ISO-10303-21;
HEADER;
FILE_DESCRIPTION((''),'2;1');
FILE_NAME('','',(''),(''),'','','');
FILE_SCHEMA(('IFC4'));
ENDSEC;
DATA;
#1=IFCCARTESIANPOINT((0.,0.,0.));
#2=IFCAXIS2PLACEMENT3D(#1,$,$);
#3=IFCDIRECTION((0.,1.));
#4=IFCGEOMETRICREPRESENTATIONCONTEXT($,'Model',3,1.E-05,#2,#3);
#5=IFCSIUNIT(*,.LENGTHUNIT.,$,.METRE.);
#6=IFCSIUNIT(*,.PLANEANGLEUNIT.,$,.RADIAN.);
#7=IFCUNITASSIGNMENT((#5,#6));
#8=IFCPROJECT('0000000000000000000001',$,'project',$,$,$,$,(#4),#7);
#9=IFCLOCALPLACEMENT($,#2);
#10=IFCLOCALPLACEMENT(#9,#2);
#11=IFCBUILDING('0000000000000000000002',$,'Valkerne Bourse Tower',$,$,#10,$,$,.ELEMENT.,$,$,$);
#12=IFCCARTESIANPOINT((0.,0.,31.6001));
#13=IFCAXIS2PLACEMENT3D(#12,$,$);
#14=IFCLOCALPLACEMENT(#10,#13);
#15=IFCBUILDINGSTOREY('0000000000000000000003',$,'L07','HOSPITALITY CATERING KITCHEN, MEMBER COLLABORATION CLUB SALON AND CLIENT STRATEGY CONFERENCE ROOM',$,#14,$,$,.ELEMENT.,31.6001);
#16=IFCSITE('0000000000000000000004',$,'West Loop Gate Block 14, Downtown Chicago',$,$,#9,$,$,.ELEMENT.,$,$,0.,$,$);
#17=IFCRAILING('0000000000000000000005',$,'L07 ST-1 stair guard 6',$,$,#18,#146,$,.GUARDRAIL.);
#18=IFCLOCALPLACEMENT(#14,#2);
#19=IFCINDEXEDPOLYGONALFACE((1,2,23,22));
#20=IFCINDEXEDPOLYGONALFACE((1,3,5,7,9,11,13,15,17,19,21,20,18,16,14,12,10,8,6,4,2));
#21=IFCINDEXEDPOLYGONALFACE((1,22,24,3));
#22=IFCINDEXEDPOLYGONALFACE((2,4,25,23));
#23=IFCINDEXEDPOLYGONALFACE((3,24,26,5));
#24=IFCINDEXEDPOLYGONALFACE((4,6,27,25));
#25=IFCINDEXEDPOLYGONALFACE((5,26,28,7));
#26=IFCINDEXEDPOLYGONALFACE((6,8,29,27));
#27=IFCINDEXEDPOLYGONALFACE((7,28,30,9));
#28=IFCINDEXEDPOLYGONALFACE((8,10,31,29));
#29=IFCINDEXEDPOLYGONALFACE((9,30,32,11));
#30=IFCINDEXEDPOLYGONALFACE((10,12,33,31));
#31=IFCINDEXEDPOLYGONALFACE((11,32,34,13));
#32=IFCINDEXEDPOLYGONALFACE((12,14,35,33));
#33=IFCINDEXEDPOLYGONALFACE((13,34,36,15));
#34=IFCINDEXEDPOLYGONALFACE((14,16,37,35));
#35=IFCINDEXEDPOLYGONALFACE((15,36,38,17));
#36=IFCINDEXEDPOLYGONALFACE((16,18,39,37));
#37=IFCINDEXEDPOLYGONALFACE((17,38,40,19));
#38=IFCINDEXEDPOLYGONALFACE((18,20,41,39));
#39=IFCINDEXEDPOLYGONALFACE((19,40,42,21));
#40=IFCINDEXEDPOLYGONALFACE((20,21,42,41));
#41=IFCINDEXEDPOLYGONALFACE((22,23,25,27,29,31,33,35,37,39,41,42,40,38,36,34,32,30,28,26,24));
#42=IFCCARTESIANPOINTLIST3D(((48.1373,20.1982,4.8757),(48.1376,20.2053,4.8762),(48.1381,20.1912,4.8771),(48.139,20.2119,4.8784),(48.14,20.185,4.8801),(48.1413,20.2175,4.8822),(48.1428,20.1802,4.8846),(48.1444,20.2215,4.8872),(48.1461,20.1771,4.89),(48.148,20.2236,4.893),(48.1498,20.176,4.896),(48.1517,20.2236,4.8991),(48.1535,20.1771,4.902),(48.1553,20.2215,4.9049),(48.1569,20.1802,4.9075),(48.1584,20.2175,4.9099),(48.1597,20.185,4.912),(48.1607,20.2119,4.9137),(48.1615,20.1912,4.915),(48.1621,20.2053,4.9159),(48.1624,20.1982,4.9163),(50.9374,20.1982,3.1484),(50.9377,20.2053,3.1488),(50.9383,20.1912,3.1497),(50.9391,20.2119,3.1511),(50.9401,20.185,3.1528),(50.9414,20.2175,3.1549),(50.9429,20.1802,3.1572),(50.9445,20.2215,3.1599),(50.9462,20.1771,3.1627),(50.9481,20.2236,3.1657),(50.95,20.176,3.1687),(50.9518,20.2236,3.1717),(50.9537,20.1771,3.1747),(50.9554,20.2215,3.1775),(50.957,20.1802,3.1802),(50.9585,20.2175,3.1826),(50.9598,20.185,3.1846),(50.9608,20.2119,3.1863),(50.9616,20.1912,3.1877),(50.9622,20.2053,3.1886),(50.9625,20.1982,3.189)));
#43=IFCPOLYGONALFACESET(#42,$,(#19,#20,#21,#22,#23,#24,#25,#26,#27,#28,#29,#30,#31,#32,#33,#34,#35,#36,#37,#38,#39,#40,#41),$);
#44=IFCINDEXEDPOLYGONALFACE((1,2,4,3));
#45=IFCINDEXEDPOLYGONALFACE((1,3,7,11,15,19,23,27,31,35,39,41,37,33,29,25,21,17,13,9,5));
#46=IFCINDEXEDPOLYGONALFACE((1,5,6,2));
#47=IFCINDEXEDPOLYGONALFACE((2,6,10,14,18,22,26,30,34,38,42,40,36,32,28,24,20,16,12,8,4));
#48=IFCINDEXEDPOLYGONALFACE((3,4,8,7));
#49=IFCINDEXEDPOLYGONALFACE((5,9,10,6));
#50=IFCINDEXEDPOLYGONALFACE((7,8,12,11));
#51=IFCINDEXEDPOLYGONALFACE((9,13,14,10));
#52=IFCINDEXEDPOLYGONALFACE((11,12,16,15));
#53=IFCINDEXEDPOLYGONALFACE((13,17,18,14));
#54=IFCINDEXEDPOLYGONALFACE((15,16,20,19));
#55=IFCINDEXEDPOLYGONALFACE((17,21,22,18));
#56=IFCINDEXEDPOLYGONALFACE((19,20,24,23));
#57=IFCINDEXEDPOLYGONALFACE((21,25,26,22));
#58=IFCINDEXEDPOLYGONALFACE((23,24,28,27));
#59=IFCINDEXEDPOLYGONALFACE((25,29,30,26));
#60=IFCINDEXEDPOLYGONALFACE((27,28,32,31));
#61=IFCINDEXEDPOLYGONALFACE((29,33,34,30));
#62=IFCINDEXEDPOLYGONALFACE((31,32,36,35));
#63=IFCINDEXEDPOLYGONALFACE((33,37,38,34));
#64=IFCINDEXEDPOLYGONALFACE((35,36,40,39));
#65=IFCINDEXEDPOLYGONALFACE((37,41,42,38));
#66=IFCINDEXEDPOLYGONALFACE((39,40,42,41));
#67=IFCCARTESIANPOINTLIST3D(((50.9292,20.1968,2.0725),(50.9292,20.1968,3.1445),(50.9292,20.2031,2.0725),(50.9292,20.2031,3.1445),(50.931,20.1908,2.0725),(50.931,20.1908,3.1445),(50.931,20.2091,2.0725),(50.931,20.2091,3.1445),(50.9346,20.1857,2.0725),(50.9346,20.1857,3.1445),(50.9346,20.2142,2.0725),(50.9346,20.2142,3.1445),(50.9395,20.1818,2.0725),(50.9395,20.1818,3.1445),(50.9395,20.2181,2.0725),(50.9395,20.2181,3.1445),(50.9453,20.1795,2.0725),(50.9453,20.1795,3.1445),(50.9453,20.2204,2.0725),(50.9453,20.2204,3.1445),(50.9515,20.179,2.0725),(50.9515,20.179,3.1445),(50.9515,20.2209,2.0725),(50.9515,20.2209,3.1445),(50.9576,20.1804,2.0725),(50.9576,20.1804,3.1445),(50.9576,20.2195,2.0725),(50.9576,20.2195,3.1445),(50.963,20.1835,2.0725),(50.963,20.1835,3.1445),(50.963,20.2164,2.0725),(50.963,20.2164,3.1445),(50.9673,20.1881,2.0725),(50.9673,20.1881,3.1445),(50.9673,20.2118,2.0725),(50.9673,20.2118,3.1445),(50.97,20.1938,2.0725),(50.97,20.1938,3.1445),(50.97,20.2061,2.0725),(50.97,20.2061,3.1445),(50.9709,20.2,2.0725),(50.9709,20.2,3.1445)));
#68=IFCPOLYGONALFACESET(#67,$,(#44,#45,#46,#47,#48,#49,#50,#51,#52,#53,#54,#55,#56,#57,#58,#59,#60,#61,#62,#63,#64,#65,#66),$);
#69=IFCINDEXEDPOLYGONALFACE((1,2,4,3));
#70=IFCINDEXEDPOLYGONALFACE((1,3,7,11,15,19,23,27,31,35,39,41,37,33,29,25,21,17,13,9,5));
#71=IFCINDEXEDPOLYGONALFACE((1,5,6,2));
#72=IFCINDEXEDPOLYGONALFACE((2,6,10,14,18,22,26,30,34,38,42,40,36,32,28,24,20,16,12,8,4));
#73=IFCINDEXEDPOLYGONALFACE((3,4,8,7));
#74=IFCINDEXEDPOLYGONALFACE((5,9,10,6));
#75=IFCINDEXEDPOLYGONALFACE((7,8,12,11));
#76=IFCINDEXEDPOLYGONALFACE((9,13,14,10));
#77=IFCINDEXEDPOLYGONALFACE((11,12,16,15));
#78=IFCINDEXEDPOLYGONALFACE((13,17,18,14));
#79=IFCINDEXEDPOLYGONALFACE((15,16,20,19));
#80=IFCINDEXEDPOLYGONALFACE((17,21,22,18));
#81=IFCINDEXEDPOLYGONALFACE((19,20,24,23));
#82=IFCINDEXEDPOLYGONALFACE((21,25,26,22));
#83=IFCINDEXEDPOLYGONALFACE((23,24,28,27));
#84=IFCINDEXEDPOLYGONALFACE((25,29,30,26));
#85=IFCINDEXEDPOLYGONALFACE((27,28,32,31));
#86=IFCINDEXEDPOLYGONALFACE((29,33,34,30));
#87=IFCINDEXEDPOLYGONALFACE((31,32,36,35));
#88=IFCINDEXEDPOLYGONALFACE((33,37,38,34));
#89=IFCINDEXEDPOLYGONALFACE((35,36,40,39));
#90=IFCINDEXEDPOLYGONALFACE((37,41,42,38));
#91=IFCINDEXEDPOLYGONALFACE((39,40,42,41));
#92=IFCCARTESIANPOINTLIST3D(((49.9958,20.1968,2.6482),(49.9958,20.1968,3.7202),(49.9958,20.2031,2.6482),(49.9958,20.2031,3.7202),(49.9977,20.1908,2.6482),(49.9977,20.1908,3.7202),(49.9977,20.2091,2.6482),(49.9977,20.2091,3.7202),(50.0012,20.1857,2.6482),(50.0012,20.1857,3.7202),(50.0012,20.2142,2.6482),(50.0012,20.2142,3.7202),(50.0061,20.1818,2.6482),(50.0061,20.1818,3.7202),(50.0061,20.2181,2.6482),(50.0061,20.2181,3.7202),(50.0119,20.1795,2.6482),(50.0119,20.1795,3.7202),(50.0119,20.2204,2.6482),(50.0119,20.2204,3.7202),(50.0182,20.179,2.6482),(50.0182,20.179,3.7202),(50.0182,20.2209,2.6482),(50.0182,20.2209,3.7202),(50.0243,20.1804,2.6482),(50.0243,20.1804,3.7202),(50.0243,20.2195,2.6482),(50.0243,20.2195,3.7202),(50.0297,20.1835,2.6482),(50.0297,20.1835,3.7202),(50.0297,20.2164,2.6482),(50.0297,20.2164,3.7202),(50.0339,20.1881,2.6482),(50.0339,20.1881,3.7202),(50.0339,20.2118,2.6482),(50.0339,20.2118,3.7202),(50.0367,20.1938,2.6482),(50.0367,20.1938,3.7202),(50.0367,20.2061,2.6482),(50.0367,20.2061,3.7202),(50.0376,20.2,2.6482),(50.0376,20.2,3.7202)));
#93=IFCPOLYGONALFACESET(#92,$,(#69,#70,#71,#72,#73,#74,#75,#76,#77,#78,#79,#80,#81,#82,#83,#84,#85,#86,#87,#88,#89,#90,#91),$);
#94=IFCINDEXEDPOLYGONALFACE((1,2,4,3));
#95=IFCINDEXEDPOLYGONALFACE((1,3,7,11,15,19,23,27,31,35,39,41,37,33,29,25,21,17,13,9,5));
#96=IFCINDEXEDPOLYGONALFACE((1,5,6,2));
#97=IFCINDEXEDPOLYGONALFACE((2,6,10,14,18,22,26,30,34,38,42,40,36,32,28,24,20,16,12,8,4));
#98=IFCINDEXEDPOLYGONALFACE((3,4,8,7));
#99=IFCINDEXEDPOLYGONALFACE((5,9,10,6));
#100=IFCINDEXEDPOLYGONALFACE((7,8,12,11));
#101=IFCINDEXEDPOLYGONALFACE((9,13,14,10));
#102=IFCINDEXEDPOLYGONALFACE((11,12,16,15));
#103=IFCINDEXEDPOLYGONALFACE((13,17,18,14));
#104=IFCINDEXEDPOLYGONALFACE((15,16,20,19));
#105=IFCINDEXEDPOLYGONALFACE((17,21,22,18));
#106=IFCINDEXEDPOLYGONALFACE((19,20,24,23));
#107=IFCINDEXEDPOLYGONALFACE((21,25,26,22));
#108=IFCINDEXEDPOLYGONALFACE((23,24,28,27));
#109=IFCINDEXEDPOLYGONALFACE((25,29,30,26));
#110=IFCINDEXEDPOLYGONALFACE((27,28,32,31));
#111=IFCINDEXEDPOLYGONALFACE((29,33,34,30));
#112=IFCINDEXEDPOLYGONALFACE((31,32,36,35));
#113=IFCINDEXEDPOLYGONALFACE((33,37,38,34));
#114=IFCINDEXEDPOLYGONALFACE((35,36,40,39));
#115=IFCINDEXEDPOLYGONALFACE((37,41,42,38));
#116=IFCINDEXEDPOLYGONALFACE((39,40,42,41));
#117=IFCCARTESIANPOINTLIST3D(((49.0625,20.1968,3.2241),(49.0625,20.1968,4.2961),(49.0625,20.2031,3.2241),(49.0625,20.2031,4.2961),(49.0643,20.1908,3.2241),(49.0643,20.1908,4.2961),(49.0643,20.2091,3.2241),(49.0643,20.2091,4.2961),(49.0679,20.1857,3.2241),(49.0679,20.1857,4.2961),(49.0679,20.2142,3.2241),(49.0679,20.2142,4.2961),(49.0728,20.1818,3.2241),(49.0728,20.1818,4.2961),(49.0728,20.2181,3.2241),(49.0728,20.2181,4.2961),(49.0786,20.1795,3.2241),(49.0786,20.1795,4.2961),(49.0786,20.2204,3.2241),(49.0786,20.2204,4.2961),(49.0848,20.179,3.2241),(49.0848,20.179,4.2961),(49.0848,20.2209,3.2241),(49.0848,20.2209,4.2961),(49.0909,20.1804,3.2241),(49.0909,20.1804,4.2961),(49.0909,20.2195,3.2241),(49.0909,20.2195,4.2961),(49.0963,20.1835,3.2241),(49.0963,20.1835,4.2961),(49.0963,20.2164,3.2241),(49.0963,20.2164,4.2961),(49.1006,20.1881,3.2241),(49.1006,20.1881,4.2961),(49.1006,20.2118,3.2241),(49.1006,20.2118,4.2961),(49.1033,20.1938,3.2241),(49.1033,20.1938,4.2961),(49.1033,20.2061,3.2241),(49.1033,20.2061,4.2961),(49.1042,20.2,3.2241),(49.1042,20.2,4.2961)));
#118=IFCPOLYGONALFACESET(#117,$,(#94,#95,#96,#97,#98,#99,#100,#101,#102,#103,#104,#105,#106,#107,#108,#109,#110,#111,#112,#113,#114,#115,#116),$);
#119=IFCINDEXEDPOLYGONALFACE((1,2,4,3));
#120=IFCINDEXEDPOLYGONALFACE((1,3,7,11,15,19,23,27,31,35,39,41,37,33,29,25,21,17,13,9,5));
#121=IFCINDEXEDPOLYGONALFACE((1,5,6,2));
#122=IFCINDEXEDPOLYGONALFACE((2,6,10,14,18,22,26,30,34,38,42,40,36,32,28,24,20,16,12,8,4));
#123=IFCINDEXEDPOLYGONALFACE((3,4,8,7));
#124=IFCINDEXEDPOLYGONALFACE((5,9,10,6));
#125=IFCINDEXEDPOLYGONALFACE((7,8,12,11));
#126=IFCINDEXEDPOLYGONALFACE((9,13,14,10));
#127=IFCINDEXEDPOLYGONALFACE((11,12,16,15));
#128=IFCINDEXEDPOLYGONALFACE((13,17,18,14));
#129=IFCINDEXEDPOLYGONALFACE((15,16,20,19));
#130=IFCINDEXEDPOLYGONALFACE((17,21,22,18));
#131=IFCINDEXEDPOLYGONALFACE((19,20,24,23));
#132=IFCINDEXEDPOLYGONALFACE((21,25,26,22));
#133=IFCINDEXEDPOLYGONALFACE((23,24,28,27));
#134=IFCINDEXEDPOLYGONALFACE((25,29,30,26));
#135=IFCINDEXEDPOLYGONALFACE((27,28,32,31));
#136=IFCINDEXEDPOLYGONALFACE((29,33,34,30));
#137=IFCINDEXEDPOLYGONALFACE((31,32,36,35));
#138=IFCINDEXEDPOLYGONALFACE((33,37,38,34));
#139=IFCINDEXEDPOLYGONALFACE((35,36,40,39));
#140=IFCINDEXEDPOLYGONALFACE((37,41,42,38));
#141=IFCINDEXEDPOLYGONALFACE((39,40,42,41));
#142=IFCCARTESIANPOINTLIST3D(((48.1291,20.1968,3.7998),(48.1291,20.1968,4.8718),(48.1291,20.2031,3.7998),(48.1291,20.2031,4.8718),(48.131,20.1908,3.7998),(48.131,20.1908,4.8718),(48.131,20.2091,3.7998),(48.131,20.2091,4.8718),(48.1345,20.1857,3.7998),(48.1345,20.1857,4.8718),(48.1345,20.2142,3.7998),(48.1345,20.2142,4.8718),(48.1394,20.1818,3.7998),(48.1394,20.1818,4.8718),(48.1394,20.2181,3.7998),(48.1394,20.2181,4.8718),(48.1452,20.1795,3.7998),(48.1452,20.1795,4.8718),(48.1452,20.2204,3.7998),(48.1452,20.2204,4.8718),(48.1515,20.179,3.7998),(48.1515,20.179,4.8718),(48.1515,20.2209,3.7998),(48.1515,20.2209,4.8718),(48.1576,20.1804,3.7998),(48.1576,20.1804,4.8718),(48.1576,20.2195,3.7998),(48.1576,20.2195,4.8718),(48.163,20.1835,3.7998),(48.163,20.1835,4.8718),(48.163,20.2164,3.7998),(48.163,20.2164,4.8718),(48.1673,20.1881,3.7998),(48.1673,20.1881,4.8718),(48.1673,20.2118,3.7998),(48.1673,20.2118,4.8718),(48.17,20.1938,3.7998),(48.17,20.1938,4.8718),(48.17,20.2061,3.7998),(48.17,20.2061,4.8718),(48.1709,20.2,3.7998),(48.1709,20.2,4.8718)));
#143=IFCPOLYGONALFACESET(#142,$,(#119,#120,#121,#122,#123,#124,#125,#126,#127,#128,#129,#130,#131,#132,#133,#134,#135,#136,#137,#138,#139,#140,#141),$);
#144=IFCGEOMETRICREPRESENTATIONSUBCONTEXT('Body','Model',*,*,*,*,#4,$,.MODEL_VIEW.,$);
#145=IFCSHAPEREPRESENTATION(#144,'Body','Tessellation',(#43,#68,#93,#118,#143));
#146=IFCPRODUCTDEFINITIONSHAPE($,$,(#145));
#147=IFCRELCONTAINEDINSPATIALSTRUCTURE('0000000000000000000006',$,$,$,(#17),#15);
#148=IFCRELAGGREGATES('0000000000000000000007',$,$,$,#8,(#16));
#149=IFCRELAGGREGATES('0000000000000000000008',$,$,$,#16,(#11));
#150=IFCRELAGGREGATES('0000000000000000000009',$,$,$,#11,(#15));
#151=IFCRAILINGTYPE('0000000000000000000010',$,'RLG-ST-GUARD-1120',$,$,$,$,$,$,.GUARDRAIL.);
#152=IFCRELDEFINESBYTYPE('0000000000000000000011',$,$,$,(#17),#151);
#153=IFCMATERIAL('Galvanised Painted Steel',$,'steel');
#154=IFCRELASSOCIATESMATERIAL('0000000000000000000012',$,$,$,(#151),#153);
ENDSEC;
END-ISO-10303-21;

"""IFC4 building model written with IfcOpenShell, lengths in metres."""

from ifc_helpers import new_model, si_unit, direction, frame, origin, origin_2d, place, context, subcontext, project, spatial, circle, extrude, material, type_object, element, save


model = new_model("IFC4")

# Units and contexts
model_context = context("Model", 3, precision=1e-05, world=origin(), true_north=direction((0.0, 1.0)))
body_context = subcontext(model_context, "Body", "Model", "MODEL_VIEW")
ifc_project = project(units=[si_unit("LENGTHUNIT", "METRE"), si_unit("PLANEANGLEUNIT", "RADIAN")], contexts=[model_context])

# Site, building, storey
site_placement = place(None, origin())
site = spatial("IfcSite", under=ifc_project, at=site_placement, Name="West Loop Gate Block 14, Downtown Chicago", CompositionType="ELEMENT", RefElevation=0.0)
building_placement = place(site_placement, origin())
building = spatial("IfcBuilding", under=site, at=building_placement, Name="Valkerne Bourse Tower", CompositionType="ELEMENT")
storey_placement = place(building_placement, frame((0.0, 0.0, 31.6001)))
storey = spatial("IfcBuildingStorey", under=building, at=storey_placement, Name="L07", Description="HOSPITALITY CATERING KITCHEN, MEMBER COLLABORATION CLUB SALON AND CLIENT STRATEGY CONFERENCE ROOM", CompositionType="ELEMENT", Elevation=31.6001)

# Shared definitions
ifc_material_1 = material(Name="Galvanised Painted Steel", Category="steel")

# Railing
railing_type_1 = type_object("IfcRailingType", Name="RLG-ST-GUARD-1120", PredefinedType="GUARDRAIL", material=ifc_material_1)
railing_1_placement = place(storey_placement, frame((50.95, 20.2, 2.0725)))
element("IfcRailing", 1, at=railing_1_placement, inside=storey, type_object=railing_type_1, Name="L07 ST-1 stair guard 6", PredefinedType="GUARDRAIL", context=body_context, shape_type="SweptSolid", body=[
    extrude(circle(Radius=0.0239, at=origin_2d()), frame((0.0, 0.0, 1.0962), z_axis=(-0.85109, 0.0, 0.52502), x_axis=(0.0, -1.0, 0.0)), (0.0, 0.0, 1.0), 3.29),
    extrude(circle(Radius=0.021, at=origin_2d()), origin(), (0.0, 0.0, 1.0), 1.072),
    extrude(circle(Radius=0.021, at=origin_2d()), frame((-0.9333, 0.0, 0.5757)), (0.0, 0.0, 1.0), 1.072),
    extrude(circle(Radius=0.021, at=origin_2d()), frame((-1.8667, 0.0, 1.1516)), (0.0, 0.0, 1.0), 1.072),
    extrude(circle(Radius=0.021, at=origin_2d()), frame((-2.8, 0.0, 1.7273)), (0.0, 0.0, 1.0), 1.072),
])

save(model, "model.ifc")
